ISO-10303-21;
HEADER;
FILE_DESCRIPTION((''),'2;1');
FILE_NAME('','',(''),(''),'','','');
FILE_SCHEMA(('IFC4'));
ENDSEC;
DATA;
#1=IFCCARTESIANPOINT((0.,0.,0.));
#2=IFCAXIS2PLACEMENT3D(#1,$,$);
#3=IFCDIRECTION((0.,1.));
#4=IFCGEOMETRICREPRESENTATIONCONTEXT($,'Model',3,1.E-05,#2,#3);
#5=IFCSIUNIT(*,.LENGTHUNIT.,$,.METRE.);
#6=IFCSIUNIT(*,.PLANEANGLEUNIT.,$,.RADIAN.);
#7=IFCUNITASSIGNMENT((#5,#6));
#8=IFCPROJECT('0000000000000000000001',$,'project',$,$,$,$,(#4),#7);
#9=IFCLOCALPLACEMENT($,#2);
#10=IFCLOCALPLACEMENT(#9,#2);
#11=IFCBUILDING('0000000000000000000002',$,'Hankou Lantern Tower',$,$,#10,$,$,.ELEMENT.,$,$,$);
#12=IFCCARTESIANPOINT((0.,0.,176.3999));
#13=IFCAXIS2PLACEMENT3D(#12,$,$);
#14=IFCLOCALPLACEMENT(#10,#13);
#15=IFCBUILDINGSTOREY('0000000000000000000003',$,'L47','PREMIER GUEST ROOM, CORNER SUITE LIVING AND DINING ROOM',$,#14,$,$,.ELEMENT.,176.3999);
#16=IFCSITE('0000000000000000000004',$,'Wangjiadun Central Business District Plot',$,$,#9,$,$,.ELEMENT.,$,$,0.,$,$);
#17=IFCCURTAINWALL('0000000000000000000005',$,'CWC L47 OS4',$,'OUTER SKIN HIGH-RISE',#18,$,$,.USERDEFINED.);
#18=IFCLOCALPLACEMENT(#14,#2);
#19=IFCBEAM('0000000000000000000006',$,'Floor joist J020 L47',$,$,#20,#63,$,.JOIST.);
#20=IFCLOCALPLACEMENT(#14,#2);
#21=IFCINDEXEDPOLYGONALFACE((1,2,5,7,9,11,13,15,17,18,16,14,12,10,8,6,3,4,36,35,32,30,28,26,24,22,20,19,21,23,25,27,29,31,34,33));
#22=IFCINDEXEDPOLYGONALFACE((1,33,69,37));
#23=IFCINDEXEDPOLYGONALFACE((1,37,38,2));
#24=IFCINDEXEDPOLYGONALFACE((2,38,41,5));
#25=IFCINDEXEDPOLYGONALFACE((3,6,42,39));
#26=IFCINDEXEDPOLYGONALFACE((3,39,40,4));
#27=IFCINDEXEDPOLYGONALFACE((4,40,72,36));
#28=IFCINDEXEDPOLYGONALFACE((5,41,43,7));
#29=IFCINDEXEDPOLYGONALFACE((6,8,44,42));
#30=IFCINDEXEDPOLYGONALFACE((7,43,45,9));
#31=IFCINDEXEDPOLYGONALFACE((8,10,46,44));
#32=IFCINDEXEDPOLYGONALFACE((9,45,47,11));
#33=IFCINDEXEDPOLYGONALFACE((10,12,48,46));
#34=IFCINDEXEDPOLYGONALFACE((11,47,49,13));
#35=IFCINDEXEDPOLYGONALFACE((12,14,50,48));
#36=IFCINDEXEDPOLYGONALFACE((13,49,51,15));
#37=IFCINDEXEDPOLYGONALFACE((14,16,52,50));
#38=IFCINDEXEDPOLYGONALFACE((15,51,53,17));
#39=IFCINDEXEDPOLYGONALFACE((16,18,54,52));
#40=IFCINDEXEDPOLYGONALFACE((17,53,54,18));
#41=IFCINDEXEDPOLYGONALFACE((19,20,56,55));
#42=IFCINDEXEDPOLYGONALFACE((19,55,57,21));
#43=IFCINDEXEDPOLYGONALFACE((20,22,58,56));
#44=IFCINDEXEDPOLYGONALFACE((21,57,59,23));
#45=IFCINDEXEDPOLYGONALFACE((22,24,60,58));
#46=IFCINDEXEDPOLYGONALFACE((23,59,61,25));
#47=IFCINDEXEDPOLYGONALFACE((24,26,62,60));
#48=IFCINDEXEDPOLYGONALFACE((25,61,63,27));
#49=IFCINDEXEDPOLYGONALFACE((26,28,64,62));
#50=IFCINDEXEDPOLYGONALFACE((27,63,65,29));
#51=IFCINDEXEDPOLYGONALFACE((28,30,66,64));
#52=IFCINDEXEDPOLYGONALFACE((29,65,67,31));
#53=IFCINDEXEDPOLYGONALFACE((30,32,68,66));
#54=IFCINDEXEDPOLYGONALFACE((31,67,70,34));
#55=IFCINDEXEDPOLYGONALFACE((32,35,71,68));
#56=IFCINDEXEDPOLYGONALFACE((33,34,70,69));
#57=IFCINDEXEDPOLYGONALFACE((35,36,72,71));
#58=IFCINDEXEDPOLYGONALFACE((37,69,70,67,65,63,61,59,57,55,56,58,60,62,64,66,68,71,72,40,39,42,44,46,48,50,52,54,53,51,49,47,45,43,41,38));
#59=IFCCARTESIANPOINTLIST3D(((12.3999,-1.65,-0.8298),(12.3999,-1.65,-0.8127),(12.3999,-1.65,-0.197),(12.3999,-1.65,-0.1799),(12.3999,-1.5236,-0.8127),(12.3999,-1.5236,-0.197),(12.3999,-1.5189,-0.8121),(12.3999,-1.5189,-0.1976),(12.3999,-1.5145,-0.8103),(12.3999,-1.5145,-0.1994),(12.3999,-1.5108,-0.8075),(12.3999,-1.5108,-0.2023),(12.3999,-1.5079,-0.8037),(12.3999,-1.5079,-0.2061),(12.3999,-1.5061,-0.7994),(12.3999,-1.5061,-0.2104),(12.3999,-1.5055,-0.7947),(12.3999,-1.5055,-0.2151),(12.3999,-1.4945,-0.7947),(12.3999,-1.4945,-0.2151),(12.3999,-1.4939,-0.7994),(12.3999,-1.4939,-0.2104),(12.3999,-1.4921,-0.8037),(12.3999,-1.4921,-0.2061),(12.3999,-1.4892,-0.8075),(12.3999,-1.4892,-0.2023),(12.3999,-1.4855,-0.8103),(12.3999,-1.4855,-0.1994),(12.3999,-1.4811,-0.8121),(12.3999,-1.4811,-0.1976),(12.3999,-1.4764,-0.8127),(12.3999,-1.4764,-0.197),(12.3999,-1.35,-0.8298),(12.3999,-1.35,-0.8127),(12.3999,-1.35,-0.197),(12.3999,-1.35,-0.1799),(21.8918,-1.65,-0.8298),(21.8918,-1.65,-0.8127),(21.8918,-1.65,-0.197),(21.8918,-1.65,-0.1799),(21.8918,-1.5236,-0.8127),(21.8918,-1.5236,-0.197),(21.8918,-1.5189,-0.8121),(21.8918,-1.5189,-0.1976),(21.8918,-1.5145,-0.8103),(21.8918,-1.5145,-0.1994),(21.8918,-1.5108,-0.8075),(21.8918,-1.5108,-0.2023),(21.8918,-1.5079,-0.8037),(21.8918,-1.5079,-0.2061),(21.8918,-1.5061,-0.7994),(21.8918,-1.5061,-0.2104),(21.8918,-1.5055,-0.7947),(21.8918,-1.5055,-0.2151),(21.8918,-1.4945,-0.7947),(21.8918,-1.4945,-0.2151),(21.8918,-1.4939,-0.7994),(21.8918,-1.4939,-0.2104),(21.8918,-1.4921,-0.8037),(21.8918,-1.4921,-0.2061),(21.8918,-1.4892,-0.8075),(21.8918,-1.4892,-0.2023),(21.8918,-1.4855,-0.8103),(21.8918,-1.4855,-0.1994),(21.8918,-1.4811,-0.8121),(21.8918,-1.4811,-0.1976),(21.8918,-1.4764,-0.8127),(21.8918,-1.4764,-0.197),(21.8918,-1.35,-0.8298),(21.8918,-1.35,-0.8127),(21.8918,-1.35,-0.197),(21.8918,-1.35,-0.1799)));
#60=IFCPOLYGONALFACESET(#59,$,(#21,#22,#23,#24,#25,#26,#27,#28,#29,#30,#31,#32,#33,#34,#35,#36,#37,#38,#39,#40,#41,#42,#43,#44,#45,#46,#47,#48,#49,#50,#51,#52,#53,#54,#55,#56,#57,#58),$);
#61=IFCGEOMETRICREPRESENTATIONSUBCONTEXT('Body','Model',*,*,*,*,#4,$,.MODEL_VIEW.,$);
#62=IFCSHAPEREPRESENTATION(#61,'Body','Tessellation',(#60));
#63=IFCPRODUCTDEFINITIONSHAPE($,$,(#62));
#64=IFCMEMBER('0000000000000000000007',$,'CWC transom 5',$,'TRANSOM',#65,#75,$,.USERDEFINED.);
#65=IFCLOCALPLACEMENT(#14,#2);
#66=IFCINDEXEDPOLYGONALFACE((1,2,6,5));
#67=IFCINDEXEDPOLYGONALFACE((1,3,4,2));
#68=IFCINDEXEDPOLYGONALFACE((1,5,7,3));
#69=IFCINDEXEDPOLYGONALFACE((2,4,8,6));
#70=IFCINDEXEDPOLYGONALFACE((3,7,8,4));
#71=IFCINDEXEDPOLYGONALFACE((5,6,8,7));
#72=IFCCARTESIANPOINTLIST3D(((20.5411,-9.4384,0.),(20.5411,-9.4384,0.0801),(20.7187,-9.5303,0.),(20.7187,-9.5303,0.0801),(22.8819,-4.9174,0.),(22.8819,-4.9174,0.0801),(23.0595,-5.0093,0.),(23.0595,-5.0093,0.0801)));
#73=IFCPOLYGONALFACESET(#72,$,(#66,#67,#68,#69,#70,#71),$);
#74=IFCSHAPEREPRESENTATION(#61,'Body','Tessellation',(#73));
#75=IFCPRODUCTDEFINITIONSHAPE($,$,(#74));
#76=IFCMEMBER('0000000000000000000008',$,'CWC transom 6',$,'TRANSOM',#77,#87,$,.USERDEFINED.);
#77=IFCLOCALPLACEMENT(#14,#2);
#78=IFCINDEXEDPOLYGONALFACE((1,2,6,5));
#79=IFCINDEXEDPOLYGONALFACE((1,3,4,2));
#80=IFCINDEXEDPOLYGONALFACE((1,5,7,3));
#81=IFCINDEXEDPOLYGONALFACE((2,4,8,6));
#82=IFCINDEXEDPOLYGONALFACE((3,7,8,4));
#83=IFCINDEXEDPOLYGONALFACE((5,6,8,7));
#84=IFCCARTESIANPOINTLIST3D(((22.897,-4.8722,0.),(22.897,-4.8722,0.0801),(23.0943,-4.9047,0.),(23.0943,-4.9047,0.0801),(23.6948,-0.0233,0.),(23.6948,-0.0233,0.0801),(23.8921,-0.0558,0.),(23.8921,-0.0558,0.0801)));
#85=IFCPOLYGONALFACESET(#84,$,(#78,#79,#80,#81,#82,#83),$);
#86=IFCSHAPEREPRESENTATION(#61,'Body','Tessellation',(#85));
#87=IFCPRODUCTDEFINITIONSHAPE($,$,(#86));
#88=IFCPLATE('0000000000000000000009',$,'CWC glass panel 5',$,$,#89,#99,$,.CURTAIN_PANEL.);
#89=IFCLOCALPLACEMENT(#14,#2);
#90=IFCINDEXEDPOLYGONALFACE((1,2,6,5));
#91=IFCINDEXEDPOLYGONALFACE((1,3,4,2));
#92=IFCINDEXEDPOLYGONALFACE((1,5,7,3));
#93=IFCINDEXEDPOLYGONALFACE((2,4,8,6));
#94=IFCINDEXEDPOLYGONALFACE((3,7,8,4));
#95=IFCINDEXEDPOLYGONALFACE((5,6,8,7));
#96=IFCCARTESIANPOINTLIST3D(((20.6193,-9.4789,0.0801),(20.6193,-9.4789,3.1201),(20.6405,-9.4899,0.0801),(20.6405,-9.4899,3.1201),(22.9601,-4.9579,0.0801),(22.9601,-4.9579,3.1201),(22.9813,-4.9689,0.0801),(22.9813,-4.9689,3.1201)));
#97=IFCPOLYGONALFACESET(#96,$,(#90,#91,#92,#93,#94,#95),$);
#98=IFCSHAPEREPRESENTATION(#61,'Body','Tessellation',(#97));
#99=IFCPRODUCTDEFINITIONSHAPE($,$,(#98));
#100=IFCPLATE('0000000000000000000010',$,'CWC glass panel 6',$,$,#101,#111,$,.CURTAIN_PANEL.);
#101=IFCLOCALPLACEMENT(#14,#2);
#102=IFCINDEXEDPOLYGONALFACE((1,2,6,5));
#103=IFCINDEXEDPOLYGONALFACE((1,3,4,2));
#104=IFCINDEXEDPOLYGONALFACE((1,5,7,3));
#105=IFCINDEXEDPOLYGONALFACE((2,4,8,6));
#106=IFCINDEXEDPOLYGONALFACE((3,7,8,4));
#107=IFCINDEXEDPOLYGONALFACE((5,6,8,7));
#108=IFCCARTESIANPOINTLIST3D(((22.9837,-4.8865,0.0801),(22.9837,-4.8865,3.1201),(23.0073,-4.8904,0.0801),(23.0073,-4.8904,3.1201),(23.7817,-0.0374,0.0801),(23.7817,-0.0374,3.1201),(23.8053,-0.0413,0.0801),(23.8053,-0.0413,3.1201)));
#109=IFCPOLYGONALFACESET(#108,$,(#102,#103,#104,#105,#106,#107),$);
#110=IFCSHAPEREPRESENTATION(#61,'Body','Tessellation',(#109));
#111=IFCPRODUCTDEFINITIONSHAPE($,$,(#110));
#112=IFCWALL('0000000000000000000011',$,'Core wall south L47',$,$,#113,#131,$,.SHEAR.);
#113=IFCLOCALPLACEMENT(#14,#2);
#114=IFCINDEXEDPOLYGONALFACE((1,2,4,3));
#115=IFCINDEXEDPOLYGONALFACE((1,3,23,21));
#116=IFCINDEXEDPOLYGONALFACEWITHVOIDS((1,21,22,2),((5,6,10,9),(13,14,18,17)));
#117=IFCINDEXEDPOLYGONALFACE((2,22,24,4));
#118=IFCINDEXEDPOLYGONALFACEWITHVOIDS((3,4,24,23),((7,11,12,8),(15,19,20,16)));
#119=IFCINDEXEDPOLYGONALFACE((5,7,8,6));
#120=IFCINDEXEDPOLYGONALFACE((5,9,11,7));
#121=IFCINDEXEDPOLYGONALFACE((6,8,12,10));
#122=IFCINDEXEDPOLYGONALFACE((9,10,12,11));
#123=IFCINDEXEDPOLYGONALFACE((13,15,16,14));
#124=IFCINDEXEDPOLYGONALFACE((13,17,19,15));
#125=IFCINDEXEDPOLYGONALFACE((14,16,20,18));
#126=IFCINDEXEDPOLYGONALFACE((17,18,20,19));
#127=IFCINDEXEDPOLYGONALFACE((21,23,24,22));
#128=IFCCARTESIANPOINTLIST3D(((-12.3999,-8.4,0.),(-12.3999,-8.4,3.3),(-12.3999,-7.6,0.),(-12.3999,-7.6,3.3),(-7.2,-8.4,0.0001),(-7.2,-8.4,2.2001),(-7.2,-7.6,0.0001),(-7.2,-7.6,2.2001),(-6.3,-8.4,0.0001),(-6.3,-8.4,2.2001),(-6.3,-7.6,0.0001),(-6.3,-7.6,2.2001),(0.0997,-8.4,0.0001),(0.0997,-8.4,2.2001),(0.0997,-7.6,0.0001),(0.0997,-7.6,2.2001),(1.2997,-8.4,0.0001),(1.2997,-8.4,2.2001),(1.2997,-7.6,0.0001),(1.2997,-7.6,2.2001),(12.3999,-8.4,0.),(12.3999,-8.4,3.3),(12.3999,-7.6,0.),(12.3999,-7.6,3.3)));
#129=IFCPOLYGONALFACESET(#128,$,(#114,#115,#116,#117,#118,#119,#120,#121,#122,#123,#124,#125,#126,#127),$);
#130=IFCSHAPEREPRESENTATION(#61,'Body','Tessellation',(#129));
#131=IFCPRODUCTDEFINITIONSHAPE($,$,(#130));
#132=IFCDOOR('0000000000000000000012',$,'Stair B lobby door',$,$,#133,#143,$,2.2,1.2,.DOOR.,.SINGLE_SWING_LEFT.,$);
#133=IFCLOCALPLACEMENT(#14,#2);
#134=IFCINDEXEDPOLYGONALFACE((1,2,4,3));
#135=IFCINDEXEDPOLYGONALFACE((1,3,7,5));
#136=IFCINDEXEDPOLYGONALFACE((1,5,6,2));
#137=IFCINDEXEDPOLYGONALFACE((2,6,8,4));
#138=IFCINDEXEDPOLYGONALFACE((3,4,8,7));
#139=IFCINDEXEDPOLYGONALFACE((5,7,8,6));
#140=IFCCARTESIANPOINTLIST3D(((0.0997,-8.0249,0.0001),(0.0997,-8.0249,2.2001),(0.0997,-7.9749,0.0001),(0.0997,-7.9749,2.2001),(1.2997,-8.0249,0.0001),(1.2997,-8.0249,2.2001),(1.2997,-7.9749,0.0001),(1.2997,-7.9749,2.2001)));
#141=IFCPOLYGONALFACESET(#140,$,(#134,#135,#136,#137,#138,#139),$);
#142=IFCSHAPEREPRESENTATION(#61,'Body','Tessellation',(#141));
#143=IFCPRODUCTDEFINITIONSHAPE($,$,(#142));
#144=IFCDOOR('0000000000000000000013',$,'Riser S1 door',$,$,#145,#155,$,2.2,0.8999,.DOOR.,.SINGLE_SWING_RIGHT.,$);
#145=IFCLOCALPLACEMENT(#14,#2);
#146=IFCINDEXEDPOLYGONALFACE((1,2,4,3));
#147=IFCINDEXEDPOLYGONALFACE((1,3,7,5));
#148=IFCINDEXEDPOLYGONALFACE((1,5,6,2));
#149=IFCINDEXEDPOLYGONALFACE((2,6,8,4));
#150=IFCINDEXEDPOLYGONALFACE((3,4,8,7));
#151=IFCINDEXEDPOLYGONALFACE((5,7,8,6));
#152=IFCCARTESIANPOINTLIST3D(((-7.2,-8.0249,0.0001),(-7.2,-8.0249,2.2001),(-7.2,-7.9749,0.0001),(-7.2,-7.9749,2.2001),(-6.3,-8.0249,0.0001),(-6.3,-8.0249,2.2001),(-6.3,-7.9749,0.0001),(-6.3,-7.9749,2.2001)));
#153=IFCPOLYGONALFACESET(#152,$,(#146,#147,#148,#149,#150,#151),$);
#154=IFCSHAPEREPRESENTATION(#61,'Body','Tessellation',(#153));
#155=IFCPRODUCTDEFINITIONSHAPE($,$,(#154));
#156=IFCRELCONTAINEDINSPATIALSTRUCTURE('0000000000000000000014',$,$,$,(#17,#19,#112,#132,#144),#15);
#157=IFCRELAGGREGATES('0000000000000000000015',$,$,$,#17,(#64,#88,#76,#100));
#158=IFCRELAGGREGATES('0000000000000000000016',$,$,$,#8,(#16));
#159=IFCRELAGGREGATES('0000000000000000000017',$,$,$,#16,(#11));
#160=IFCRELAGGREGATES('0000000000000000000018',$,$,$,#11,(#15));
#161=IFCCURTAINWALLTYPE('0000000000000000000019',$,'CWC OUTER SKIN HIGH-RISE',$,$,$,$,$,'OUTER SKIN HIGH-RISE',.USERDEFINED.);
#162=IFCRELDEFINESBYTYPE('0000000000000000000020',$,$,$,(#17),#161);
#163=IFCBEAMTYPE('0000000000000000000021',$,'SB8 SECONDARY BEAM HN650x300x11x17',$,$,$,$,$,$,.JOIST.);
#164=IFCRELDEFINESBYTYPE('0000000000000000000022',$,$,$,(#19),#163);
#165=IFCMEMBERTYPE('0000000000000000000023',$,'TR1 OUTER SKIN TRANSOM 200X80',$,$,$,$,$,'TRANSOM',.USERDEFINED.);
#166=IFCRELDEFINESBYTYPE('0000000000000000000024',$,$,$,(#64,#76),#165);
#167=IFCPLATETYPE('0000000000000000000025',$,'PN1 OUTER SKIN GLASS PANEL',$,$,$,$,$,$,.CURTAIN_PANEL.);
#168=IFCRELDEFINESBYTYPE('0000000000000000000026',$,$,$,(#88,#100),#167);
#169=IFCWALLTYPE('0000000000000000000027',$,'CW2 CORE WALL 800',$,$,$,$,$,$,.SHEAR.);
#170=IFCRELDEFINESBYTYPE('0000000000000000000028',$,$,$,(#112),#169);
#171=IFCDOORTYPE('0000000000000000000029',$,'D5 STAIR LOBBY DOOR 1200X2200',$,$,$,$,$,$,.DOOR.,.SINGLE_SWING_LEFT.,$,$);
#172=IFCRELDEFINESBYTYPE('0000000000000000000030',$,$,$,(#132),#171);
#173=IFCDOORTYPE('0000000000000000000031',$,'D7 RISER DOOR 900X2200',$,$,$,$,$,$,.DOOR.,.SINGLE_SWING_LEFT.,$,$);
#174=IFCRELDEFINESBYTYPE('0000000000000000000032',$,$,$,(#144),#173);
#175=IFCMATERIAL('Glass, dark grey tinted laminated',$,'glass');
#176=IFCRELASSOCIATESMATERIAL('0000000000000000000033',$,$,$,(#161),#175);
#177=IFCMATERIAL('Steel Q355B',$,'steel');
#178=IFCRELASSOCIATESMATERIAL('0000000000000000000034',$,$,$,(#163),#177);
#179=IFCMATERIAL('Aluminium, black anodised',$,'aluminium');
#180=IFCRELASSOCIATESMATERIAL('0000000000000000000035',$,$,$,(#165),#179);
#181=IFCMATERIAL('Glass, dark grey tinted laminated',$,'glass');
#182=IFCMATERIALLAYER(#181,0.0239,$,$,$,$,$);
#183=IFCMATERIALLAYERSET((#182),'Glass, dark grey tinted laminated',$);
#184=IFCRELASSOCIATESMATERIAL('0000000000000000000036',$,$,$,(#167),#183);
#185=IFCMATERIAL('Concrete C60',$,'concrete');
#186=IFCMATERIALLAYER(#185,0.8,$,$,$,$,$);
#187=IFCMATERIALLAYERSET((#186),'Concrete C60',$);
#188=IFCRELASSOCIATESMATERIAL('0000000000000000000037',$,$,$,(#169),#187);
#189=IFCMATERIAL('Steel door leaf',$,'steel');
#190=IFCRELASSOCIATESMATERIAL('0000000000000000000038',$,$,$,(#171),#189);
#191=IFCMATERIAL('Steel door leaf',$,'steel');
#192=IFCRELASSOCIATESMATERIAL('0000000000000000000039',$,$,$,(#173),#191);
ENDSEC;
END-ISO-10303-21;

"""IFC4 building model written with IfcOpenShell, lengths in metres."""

from ifc_helpers import new_model, si_unit, direction, frame, frame_2d, origin, origin_2d, place, context, subcontext, project, spatial, rectangle, i_section, extrude, material, layer, layer_set, material_profile, profile_set, type_object, element, fill, aggregate, save


model = new_model("IFC4")

# Units and contexts
model_context = context("Model", 3, precision=1e-05, world=origin(), true_north=direction((0.0, 1.0)))
body_context = subcontext(model_context, "Body", "Model", "MODEL_VIEW")
ifc_project = project(units=[si_unit("LENGTHUNIT", "METRE"), si_unit("PLANEANGLEUNIT", "RADIAN")], contexts=[model_context])

# Site, building, storey
site_placement = place(None, origin())
site = spatial("IfcSite", under=ifc_project, at=site_placement, Name="Wangjiadun Central Business District Plot", CompositionType="ELEMENT", RefElevation=0.0)
building_placement = place(site_placement, origin())
building = spatial("IfcBuilding", under=site, at=building_placement, Name="Hankou Lantern Tower", CompositionType="ELEMENT")
storey_placement = place(building_placement, frame((0.0, 0.0, 176.3999)))
storey = spatial("IfcBuildingStorey", under=building, at=storey_placement, Name="L47", Description="PREMIER GUEST ROOM, CORNER SUITE LIVING AND DINING ROOM", CompositionType="ELEMENT", Elevation=176.3999)

# Curtain wall
ifc_material_1 = material(Name="Glass, dark grey tinted laminated", Category="glass")
curtain_wall_type = type_object("IfcCurtainWallType", Name="CWC OUTER SKIN HIGH-RISE", ElementType="OUTER SKIN HIGH-RISE", PredefinedType="USERDEFINED", material=ifc_material_1)
curtain_wall_placement = place(storey_placement, origin())
curtain_wall = element("IfcCurtainWall", 1, at=curtain_wall_placement, inside=storey, type_object=curtain_wall_type, Name="CWC L47 OS4", ObjectType="OUTER SKIN HIGH-RISE", PredefinedType="USERDEFINED")

# Beam
ifc_material_2 = material(Name="Steel Q355B", Category="steel")
ifc_material_profile_1 = material_profile(ifc_material_2, i_section(OverallWidth=0.3, OverallDepth=0.6499, WebThickness=0.011, FlangeThickness=0.0171, FilletRadius=0.0181, at=origin_2d()), Name="HN650x300x11x17")
ifc_profile_set_1 = profile_set([ifc_material_profile_1], Name="Steel Q355B")
beam_type_1 = type_object("IfcBeamType", Name="SB8 SECONDARY BEAM HN650x300x11x17", PredefinedType="JOIST", material=ifc_profile_set_1)
beam_1_placement = place(storey_placement, frame((12.3999, -1.5, -0.5049), z_axis=(1.0, 0.0, 0.0), x_axis=(0.0, 1.0, 0.0)))
element("IfcBeam", 2, at=beam_1_placement, inside=storey, type_object=beam_type_1, Name="Floor joist J020 L47", PredefinedType="JOIST", context=body_context, shape_type="SweptSolid", body=[
    extrude(i_section(OverallWidth=0.3, OverallDepth=0.6499, WebThickness=0.011, FlangeThickness=0.0171, FilletRadius=0.0181, at=origin_2d()), origin(), (0.0, 0.0, 1.0), 9.4919),
])

# Members
ifc_material_3 = material(Name="Aluminium, black anodised", Category="aluminium")
ifc_material_profile_2 = material_profile(ifc_material_3, rectangle(XDim=0.2, YDim=0.0801, at=origin_2d()), Name="TR1 200X80")
ifc_profile_set_2 = profile_set([ifc_material_profile_2], Name="Aluminium, black anodised")
member_type_1 = type_object("IfcMemberType", Name="TR1 OUTER SKIN TRANSOM 200X80", ElementType="TRANSOM", PredefinedType="USERDEFINED", material=ifc_profile_set_2)
member_1_placement = place(storey_placement, frame((20.6299, -9.4844, 0.04), z_axis=(0.459791, 0.888027, 0.0), x_axis=(-0.888027, 0.459791, 0.0)))
member_1 = element("IfcMember", 3, at=member_1_placement, type_object=member_type_1, Name="CWC transom 5", ObjectType="TRANSOM", PredefinedType="USERDEFINED", context=body_context, shape_type="SweptSolid", body=[
    extrude(rectangle(XDim=0.2, YDim=0.0801, at=origin_2d()), origin(), (0.0, 0.0, 1.0), 5.0911),
])
member_2_placement = place(storey_placement, frame((22.9956, -4.8884, 0.04), z_axis=(0.16236, 0.986732, 0.0), x_axis=(-0.986732, 0.16236, 0.0)))
member_2 = element("IfcMember", 4, at=member_2_placement, type_object=member_type_1, Name="CWC transom 6", ObjectType="TRANSOM", PredefinedType="USERDEFINED", context=body_context, shape_type="SweptSolid", body=[
    extrude(rectangle(XDim=0.2, YDim=0.0801, at=origin_2d()), origin(), (0.0, 0.0, 1.0), 4.9141),
])

# Plates
ifc_material_4 = material(Name="Glass, dark grey tinted laminated", Category="glass")
ifc_layer_1 = layer(ifc_material_4, 0.0239)
ifc_layer_set_1 = layer_set([ifc_layer_1], Name="Glass, dark grey tinted laminated")
plate_type = type_object("IfcPlateType", Name="PN1 OUTER SKIN GLASS PANEL", PredefinedType="CURTAIN_PANEL", material=ifc_layer_set_1)
plate_1_placement = place(storey_placement, frame((21.8003, -7.2239, 0.0801), z_axis=(0.0, 0.0, 1.0), x_axis=(0.459791, 0.888027, 0.0)))
plate_1 = element("IfcPlate", 5, at=plate_1_placement, type_object=plate_type, Name="CWC glass panel 5", PredefinedType="CURTAIN_PANEL", context=body_context, shape_type="SweptSolid", body=[
    extrude(rectangle(XDim=5.0911, YDim=0.0239, at=origin_2d()), origin(), (0.0, 0.0, 1.0), 3.04),
])
plate_2_placement = place(storey_placement, frame((23.3945, -2.4639, 0.0801), z_axis=(0.0, 0.0, 1.0), x_axis=(0.162382, 0.986728, 0.0)))
plate_2 = element("IfcPlate", 6, at=plate_2_placement, type_object=plate_type, Name="CWC glass panel 6", PredefinedType="CURTAIN_PANEL", context=body_context, shape_type="SweptSolid", body=[
    extrude(rectangle(XDim=4.9143, YDim=0.0239, at=origin_2d()), origin(), (0.0, 0.0, 1.0), 3.04),
])
aggregate(curtain_wall, [member_1, plate_1, member_2, plate_2])

# Wall, openings, doors
ifc_material_5 = material(Name="Concrete C60", Category="concrete")
ifc_layer_2 = layer(ifc_material_5, 0.8)
ifc_layer_set_2 = layer_set([ifc_layer_2], Name="Concrete C60")
wall_type_1 = type_object("IfcWallType", Name="CW2 CORE WALL 800", PredefinedType="SHEAR", material=ifc_layer_set_2)
wall_1_placement = place(storey_placement, frame((12.3999, -8.0, 0.0), z_axis=(0.0, 0.0, 1.0), x_axis=(-1.0, 0.0, 0.0)))
wall_1 = element("IfcWall", 7, at=wall_1_placement, inside=storey, type_object=wall_type_1, Name="Core wall south L47", PredefinedType="SHEAR", context=body_context, shape_type="SweptSolid", body=[
    extrude(rectangle(XDim=24.7998, YDim=0.8, at=frame_2d((12.3999, 0.0))), origin(), (0.0, 0.0, 1.0), 3.3),
])
opening_1_placement = place(wall_1_placement, frame((11.1001, 0.0, 0.0)))
opening_1 = element("IfcOpeningElement", 8, at=opening_1_placement, cuts=wall_1, PredefinedType="OPENING", context=body_context, shape_type="SweptSolid", body=[
    extrude(rectangle(XDim=1.2, YDim=2.2, at=frame_2d((0.6001, 1.1001))), frame((0.0, 0.4099, 0.0), z_axis=(0.0, -1.0, 0.0), x_axis=(1.0, 0.0, 0.0)), (0.0, 0.0, 1.0), 0.8201),
])
opening_2_placement = place(wall_1_placement, frame((18.7, 0.0, 0.0)))
opening_2 = element("IfcOpeningElement", 9, at=opening_2_placement, cuts=wall_1, PredefinedType="OPENING", context=body_context, shape_type="SweptSolid", body=[
    extrude(rectangle(XDim=0.8999, YDim=2.2, at=frame_2d((0.45, 1.1001))), frame((0.0, 0.4099, 0.0), z_axis=(0.0, -1.0, 0.0), x_axis=(1.0, 0.0, 0.0)), (0.0, 0.0, 1.0), 0.8201),
])
ifc_material_6 = material(Name="Steel door leaf", Category="steel")
door_type_1 = type_object("IfcDoorType", Name="D5 STAIR LOBBY DOOR 1200X2200", OperationType="SINGLE_SWING_LEFT", PredefinedType="DOOR", material=ifc_material_6)
door_1_placement = place(opening_1_placement, origin())
door_1 = element("IfcDoor", 10, at=door_1_placement, inside=storey, type_object=door_type_1, Name="Stair B lobby door", OperationType="SINGLE_SWING_LEFT", OverallHeight=2.2, OverallWidth=1.2, PredefinedType="DOOR", context=body_context, shape_type="SweptSolid", body=[
    extrude(rectangle(XDim=1.2, YDim=2.2, at=frame_2d((0.6001, 1.1001))), frame((0.0, 0.0249, 0.0), z_axis=(0.0, -1.0, 0.0), x_axis=(1.0, 0.0, 0.0)), (0.0, 0.0, 1.0), 0.05),
])
fill(opening_1, door_1)
ifc_material_7 = material(Name="Steel door leaf", Category="steel")
door_type_2 = type_object("IfcDoorType", Name="D7 RISER DOOR 900X2200", OperationType="SINGLE_SWING_LEFT", PredefinedType="DOOR", material=ifc_material_7)
door_2_placement = place(opening_2_placement, origin())
door_2 = element("IfcDoor", 11, at=door_2_placement, inside=storey, type_object=door_type_2, Name="Riser S1 door", OperationType="SINGLE_SWING_RIGHT", OverallHeight=2.2, OverallWidth=0.8999, PredefinedType="DOOR", context=body_context, shape_type="SweptSolid", body=[
    extrude(rectangle(XDim=0.8999, YDim=2.2, at=frame_2d((0.45, 1.1001))), frame((0.0, 0.0249, 0.0), z_axis=(0.0, -1.0, 0.0), x_axis=(1.0, 0.0, 0.0)), (0.0, 0.0, 1.0), 0.05),
])
fill(opening_2, door_2)

save(model, "model.ifc")
